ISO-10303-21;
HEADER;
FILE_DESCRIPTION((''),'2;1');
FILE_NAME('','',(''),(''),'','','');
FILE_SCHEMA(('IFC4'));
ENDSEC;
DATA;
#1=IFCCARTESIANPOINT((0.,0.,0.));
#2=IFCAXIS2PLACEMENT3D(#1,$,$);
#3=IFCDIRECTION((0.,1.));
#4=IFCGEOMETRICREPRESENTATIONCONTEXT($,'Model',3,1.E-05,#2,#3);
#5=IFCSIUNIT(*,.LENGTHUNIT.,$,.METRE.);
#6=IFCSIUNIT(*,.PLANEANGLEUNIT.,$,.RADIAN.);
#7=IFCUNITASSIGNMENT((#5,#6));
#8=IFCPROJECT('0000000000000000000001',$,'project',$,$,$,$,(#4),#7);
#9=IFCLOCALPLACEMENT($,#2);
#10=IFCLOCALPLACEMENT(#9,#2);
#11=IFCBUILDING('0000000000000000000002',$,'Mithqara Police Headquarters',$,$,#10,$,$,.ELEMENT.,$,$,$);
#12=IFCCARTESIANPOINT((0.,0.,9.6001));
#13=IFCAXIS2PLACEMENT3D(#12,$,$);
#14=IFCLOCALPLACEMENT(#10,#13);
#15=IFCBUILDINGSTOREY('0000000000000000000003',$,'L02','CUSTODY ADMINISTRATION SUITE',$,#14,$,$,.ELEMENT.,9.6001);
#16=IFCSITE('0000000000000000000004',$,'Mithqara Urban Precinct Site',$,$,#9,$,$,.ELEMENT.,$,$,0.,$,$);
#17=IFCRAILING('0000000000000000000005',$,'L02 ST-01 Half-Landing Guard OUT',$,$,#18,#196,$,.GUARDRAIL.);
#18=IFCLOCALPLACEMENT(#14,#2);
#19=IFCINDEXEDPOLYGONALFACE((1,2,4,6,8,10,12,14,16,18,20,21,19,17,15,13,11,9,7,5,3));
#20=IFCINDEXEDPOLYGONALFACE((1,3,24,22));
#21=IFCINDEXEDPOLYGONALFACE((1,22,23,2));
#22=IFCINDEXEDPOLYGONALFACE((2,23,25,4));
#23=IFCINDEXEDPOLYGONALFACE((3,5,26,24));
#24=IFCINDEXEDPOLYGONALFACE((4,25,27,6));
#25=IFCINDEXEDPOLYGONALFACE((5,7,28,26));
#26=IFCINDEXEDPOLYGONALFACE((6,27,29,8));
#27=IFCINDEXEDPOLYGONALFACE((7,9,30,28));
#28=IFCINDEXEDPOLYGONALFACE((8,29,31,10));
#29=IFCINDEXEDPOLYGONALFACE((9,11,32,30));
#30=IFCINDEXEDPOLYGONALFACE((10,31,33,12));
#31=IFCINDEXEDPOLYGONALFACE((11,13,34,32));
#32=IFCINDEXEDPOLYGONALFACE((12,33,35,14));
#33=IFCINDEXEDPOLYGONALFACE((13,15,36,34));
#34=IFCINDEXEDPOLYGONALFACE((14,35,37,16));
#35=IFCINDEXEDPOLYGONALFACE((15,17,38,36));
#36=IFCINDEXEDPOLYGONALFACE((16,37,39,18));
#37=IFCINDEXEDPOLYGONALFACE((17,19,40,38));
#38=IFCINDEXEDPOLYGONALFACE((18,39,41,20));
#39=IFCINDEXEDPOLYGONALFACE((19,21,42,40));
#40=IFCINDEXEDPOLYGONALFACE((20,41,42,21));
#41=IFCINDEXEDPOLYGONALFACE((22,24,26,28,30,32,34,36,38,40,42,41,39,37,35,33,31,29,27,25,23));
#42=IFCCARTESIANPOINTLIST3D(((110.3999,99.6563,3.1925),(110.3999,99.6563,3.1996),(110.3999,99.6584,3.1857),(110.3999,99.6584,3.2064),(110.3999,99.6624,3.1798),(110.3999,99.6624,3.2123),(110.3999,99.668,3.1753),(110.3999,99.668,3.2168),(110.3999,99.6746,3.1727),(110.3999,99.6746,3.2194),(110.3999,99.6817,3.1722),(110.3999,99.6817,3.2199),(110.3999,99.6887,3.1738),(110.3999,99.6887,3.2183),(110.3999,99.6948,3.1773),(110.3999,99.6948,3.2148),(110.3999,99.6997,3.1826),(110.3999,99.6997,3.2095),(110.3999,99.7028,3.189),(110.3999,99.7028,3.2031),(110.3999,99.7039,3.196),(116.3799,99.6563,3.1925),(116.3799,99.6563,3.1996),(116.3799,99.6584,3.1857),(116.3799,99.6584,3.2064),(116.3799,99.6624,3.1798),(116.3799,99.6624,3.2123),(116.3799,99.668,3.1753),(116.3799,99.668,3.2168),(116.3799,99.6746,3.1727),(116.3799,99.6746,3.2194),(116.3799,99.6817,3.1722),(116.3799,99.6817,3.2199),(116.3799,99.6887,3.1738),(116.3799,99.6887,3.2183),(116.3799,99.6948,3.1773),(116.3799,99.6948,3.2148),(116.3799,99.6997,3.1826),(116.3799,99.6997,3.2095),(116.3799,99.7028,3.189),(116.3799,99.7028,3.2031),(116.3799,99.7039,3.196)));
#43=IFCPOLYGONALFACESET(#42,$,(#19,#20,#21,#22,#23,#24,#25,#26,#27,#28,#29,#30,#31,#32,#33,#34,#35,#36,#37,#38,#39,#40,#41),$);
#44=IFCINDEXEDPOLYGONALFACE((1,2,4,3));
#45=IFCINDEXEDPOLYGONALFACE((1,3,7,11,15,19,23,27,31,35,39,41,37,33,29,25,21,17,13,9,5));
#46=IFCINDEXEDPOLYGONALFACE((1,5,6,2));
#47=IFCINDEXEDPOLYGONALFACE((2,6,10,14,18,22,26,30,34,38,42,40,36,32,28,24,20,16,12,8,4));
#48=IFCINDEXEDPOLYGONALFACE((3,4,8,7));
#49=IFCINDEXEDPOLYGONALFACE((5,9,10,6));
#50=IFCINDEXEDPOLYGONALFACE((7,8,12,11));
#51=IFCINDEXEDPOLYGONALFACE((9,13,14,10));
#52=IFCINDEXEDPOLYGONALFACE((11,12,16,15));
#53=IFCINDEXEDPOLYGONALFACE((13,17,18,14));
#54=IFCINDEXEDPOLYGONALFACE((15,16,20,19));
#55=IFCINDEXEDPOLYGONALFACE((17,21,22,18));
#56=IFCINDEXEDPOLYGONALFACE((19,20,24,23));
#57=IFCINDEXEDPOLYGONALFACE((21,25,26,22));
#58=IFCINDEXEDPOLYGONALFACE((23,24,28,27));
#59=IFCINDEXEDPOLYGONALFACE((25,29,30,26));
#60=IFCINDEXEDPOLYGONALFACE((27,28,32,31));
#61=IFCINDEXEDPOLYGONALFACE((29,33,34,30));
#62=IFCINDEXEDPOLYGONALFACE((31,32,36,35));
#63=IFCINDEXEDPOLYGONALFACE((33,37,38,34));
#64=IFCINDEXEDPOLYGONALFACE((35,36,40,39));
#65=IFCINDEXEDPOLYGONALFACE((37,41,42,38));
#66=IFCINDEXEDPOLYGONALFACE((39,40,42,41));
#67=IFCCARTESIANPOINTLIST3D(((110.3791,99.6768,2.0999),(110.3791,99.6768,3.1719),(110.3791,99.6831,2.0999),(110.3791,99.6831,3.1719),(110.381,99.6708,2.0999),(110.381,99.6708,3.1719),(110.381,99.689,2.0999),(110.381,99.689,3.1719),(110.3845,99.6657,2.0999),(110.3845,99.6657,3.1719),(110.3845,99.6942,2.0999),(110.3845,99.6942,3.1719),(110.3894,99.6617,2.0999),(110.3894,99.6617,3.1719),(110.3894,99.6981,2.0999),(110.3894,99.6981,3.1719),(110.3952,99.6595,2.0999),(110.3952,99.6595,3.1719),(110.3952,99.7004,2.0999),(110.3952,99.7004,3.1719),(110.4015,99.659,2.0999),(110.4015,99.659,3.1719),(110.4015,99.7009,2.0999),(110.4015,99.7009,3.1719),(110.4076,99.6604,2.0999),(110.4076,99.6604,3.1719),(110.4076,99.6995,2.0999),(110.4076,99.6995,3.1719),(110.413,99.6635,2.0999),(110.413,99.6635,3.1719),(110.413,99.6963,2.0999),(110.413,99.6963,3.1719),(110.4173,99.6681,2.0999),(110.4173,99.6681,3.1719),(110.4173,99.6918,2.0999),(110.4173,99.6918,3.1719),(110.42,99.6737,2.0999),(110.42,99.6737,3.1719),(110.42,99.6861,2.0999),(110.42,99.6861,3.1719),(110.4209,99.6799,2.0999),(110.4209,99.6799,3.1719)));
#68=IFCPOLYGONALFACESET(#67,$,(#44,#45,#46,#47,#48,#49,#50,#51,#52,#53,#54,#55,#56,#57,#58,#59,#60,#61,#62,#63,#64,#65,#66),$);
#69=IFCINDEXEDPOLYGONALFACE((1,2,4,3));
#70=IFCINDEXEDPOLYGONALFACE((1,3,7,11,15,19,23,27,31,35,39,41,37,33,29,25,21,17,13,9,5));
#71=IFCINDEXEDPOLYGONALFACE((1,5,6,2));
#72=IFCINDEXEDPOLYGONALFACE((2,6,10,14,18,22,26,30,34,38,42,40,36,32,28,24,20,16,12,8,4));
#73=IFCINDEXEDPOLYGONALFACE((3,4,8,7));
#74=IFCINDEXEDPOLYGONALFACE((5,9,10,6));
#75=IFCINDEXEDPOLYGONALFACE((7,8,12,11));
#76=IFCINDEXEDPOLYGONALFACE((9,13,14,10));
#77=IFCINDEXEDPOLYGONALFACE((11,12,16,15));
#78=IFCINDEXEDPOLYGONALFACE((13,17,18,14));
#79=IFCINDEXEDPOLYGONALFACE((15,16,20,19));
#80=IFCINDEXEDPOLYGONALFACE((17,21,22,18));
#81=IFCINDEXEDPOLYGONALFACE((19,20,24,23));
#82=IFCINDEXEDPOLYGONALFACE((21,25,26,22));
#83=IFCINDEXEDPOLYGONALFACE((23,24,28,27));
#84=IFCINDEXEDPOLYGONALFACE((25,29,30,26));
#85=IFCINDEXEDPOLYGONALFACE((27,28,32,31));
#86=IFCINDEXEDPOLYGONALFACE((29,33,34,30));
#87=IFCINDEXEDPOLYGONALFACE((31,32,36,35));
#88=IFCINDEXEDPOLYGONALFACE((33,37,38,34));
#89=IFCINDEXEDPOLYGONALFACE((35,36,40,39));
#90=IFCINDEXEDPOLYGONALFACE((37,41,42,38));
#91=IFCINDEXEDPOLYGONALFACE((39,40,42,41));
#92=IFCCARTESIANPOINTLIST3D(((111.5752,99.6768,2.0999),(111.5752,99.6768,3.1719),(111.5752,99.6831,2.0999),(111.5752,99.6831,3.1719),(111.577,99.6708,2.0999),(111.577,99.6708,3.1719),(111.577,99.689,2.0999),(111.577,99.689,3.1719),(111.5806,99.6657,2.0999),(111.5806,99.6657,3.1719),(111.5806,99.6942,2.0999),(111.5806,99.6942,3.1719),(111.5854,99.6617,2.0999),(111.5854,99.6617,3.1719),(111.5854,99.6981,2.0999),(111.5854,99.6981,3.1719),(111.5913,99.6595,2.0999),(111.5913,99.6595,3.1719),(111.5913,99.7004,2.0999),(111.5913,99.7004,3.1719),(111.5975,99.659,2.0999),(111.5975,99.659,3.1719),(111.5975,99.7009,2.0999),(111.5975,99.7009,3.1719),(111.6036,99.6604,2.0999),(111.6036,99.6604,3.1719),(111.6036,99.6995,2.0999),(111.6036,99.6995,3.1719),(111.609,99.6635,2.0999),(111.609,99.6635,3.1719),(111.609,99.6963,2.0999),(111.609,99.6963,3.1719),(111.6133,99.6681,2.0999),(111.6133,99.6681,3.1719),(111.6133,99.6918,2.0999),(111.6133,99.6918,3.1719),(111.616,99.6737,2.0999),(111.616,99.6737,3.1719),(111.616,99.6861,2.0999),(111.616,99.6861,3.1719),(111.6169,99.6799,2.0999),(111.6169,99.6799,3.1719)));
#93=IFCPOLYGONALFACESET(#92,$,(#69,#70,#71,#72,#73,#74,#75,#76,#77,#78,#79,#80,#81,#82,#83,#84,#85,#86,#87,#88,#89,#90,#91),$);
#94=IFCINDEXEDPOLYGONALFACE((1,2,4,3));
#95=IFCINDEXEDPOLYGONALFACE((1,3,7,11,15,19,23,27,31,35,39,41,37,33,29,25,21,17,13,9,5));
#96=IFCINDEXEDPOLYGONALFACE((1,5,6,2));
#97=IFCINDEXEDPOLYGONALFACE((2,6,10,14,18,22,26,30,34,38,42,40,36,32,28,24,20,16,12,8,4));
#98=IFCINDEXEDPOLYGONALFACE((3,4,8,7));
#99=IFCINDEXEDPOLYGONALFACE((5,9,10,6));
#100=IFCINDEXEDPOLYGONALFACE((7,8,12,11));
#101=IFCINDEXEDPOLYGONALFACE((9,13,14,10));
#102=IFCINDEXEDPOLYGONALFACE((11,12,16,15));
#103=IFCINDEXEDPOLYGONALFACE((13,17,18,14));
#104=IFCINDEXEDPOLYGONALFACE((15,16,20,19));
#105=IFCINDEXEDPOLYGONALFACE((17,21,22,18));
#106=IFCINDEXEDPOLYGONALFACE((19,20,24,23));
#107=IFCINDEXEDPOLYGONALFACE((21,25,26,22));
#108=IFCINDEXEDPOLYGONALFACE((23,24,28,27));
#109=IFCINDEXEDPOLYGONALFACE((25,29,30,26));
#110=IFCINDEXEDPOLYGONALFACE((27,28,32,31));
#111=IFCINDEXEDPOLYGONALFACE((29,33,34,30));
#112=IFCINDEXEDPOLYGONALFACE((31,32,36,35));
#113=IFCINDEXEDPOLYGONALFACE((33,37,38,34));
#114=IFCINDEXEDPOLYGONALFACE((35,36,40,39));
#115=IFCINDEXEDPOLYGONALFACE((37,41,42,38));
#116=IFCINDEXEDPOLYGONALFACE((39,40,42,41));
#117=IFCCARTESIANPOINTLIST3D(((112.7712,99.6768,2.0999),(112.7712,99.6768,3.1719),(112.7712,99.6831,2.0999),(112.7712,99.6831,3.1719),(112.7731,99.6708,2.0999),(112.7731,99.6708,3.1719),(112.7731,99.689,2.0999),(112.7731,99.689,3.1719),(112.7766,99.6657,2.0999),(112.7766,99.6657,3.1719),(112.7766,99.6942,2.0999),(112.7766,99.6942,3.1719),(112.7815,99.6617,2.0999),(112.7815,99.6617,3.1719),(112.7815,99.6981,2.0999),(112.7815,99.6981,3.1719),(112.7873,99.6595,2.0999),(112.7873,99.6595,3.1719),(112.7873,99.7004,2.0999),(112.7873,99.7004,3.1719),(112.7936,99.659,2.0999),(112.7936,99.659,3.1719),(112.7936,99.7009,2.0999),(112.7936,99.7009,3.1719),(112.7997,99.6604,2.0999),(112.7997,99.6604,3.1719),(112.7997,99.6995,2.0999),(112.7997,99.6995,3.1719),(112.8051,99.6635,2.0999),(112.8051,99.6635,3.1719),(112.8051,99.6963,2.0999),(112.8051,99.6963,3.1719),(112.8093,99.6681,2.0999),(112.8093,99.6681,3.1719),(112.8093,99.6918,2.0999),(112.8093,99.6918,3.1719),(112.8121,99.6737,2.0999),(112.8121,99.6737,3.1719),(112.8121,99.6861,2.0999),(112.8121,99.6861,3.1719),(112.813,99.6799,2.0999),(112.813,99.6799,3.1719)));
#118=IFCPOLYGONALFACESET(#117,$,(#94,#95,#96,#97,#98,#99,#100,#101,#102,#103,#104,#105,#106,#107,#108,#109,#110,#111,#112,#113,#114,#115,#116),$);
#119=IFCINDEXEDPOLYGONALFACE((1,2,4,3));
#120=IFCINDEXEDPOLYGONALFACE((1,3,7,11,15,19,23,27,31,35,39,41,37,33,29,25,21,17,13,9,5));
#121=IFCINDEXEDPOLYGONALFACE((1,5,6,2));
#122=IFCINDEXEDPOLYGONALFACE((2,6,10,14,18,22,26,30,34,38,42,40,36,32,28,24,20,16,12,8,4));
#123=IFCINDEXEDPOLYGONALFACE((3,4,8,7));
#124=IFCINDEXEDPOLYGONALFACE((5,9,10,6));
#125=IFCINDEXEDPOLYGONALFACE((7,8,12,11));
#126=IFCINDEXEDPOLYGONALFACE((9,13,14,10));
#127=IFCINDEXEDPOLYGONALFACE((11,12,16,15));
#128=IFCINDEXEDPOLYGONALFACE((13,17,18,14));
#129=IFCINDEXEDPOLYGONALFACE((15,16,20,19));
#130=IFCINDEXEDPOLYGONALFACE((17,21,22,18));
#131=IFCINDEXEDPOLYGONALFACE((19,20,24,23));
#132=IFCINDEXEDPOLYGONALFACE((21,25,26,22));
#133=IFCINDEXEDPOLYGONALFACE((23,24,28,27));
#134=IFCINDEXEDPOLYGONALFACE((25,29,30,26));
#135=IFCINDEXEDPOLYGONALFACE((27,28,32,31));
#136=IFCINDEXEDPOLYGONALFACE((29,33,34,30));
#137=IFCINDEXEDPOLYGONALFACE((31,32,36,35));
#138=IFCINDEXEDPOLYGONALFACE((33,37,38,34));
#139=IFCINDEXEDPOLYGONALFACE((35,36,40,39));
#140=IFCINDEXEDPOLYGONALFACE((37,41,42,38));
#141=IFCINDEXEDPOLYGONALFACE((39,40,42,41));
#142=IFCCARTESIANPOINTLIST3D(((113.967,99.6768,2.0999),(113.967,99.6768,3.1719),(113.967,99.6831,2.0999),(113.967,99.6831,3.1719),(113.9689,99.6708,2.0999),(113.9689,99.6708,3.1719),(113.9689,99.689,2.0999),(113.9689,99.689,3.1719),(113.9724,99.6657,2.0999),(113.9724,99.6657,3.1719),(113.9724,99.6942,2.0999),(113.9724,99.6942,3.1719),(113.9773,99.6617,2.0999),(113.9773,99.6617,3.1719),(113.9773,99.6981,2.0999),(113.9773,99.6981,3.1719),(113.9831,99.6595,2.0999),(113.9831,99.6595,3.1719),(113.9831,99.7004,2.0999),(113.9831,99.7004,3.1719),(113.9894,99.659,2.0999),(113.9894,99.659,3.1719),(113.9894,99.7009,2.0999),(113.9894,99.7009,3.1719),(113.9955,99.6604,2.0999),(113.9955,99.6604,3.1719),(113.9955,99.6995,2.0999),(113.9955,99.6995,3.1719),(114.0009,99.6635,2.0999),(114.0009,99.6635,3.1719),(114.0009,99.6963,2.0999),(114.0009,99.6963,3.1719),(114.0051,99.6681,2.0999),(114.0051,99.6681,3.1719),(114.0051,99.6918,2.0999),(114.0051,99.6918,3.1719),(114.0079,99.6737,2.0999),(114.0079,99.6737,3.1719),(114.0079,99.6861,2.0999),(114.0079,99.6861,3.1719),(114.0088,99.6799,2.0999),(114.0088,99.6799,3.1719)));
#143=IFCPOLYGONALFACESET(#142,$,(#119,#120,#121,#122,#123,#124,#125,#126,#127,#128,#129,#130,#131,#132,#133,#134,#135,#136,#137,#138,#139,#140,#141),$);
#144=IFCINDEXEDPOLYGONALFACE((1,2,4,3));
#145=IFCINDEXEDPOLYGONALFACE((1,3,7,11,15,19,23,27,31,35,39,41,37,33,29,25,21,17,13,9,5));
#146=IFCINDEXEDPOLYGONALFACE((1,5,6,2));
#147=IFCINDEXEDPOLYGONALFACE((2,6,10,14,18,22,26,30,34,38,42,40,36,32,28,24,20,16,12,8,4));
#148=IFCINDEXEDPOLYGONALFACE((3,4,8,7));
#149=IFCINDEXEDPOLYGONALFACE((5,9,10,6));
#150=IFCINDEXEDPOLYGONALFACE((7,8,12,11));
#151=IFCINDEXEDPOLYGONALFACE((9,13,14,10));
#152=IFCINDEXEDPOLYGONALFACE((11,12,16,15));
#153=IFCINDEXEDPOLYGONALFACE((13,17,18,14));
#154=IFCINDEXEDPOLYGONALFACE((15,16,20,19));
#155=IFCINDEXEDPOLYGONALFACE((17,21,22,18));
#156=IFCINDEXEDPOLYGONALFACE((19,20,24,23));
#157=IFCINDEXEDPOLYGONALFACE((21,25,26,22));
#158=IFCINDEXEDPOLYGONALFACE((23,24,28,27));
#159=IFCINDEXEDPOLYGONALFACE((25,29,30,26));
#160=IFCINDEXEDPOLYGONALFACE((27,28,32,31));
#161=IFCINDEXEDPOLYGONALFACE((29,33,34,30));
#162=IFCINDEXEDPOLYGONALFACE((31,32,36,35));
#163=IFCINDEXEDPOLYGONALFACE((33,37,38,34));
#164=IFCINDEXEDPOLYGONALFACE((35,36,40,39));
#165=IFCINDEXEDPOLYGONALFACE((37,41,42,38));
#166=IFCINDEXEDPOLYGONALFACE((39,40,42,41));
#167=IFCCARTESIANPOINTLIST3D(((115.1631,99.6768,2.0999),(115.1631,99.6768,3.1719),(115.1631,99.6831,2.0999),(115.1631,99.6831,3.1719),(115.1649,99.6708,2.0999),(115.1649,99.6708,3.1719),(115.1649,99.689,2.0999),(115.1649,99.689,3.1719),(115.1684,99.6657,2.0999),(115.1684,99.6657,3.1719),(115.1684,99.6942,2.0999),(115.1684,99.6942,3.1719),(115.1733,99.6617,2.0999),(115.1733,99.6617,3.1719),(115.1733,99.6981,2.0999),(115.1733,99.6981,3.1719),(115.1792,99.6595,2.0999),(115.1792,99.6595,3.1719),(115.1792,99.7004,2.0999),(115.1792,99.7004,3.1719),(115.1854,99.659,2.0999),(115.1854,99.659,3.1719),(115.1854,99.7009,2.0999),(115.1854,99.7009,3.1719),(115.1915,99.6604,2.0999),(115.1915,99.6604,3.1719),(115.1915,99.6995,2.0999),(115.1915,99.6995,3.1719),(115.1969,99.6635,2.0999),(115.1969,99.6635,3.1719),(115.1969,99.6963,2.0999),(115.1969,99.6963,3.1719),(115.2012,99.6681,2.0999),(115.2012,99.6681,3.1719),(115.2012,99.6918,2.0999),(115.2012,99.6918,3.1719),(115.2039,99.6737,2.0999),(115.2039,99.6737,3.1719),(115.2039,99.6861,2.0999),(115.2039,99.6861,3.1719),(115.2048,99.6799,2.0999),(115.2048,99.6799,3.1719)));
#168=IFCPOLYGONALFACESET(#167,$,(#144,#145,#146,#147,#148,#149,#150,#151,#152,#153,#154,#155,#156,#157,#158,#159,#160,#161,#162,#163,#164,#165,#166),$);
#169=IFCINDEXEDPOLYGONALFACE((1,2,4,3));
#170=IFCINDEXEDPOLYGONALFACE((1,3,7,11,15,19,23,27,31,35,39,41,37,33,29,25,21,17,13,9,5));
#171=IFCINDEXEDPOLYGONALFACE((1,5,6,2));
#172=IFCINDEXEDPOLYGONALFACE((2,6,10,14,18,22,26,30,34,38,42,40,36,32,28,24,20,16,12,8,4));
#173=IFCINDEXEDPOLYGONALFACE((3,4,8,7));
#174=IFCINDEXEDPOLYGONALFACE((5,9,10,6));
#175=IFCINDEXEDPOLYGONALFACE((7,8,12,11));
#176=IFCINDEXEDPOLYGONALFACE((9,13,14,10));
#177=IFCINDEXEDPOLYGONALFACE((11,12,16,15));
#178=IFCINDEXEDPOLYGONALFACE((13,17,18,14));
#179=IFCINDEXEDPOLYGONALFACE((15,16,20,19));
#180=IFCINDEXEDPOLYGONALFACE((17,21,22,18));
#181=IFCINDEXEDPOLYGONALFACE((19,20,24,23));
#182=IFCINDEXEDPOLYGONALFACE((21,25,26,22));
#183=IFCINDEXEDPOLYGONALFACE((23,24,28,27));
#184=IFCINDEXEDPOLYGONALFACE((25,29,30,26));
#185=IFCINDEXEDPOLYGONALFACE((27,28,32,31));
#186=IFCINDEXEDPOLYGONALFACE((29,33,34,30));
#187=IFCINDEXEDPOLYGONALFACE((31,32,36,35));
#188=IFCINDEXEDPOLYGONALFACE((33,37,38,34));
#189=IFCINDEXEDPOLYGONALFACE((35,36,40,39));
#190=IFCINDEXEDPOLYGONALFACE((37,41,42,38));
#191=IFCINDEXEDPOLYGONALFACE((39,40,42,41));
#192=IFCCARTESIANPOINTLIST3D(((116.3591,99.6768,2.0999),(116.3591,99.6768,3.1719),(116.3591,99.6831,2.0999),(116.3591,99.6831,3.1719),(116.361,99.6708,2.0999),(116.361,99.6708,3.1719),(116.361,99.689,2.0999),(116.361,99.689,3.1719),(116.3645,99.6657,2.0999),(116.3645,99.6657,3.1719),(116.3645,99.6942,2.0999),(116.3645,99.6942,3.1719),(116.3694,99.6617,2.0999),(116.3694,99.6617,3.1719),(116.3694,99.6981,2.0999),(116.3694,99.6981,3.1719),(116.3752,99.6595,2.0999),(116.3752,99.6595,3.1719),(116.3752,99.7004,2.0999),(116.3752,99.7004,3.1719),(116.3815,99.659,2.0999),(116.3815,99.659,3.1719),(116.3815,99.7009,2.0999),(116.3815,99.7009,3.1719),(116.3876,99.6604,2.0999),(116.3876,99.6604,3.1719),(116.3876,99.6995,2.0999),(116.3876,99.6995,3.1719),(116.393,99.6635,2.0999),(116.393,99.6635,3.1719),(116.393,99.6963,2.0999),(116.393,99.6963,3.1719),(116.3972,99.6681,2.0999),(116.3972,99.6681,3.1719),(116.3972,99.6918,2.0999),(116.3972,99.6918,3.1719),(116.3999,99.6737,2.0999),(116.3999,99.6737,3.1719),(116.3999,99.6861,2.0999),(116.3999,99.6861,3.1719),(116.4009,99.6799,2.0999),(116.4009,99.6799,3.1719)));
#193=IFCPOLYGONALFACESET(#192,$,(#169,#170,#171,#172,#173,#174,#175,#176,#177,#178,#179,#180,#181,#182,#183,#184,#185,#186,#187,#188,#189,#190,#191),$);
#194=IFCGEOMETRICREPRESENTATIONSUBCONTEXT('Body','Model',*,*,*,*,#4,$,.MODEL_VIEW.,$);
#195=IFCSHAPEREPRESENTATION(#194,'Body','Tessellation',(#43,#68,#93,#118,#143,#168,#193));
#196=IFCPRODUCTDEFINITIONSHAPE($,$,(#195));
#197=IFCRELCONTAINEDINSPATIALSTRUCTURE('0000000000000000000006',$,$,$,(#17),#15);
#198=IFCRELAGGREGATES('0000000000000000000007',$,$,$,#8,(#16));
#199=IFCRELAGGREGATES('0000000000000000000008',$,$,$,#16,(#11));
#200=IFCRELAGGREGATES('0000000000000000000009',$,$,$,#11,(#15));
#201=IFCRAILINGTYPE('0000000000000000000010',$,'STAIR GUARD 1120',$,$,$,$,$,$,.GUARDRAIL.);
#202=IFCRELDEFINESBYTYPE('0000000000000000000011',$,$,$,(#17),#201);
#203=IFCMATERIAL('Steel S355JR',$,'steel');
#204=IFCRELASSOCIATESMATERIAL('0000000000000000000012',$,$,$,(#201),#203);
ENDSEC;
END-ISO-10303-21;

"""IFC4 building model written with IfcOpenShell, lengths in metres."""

from ifc_helpers import new_model, si_unit, direction, frame, origin, origin_2d, place, context, subcontext, project, spatial, circle, extrude, material, type_object, element, save


model = new_model("IFC4")

# Units and contexts
model_context = context("Model", 3, precision=1e-05, world=origin(), true_north=direction((0.0, 1.0)))
body_context = subcontext(model_context, "Body", "Model", "MODEL_VIEW")
ifc_project = project(units=[si_unit("LENGTHUNIT", "METRE"), si_unit("PLANEANGLEUNIT", "RADIAN")], contexts=[model_context])

# Site, building, storey
site_placement = place(None, origin())
site = spatial("IfcSite", under=ifc_project, at=site_placement, Name="Mithqara Urban Precinct Site", CompositionType="ELEMENT", RefElevation=0.0)
building_placement = place(site_placement, origin())
building = spatial("IfcBuilding", under=site, at=building_placement, Name="Mithqara Police Headquarters", CompositionType="ELEMENT")
storey_placement = place(building_placement, frame((0.0, 0.0, 9.6001)))
storey = spatial("IfcBuildingStorey", under=building, at=storey_placement, Name="L02", Description="CUSTODY ADMINISTRATION SUITE", CompositionType="ELEMENT", Elevation=9.6001)

# Shared definitions
ifc_material_1 = material(Name="Steel S355JR", Category="steel")

# Railing
railing_type = type_object("IfcRailingType", Name="STAIR GUARD 1120", PredefinedType="GUARDRAIL", material=ifc_material_1)
railing_placement = place(storey_placement, frame((110.3999, 99.6799, 2.0999)))
element("IfcRailing", 1, at=railing_placement, inside=storey, type_object=railing_type, Name="L02 ST-01 Half-Landing Guard OUT", PredefinedType="GUARDRAIL", context=body_context, shape_type="SweptSolid", body=[
    extrude(circle(Radius=0.0239, at=origin_2d()), frame((0.0, 0.0, 1.0962), z_axis=(1.0, 0.0, 0.0), x_axis=(0.0, 1.0, 0.0)), (0.0, 0.0, 1.0), 5.98),
    extrude(circle(Radius=0.021, at=origin_2d()), origin(), (0.0, 0.0, 1.0), 1.072),
    extrude(circle(Radius=0.021, at=origin_2d()), frame((1.196, 0.0, 0.0)), (0.0, 0.0, 1.0), 1.072),
    extrude(circle(Radius=0.021, at=origin_2d()), frame((2.3921, 0.0, 0.0)), (0.0, 0.0, 1.0), 1.072),
    extrude(circle(Radius=0.021, at=origin_2d()), frame((3.5879, 0.0, 0.0)), (0.0, 0.0, 1.0), 1.072),
    extrude(circle(Radius=0.021, at=origin_2d()), frame((4.7839, 0.0, 0.0)), (0.0, 0.0, 1.0), 1.072),
    extrude(circle(Radius=0.021, at=origin_2d()), frame((5.98, 0.0, 0.0)), (0.0, 0.0, 1.0), 1.072),
])

save(model, "model.ifc")
